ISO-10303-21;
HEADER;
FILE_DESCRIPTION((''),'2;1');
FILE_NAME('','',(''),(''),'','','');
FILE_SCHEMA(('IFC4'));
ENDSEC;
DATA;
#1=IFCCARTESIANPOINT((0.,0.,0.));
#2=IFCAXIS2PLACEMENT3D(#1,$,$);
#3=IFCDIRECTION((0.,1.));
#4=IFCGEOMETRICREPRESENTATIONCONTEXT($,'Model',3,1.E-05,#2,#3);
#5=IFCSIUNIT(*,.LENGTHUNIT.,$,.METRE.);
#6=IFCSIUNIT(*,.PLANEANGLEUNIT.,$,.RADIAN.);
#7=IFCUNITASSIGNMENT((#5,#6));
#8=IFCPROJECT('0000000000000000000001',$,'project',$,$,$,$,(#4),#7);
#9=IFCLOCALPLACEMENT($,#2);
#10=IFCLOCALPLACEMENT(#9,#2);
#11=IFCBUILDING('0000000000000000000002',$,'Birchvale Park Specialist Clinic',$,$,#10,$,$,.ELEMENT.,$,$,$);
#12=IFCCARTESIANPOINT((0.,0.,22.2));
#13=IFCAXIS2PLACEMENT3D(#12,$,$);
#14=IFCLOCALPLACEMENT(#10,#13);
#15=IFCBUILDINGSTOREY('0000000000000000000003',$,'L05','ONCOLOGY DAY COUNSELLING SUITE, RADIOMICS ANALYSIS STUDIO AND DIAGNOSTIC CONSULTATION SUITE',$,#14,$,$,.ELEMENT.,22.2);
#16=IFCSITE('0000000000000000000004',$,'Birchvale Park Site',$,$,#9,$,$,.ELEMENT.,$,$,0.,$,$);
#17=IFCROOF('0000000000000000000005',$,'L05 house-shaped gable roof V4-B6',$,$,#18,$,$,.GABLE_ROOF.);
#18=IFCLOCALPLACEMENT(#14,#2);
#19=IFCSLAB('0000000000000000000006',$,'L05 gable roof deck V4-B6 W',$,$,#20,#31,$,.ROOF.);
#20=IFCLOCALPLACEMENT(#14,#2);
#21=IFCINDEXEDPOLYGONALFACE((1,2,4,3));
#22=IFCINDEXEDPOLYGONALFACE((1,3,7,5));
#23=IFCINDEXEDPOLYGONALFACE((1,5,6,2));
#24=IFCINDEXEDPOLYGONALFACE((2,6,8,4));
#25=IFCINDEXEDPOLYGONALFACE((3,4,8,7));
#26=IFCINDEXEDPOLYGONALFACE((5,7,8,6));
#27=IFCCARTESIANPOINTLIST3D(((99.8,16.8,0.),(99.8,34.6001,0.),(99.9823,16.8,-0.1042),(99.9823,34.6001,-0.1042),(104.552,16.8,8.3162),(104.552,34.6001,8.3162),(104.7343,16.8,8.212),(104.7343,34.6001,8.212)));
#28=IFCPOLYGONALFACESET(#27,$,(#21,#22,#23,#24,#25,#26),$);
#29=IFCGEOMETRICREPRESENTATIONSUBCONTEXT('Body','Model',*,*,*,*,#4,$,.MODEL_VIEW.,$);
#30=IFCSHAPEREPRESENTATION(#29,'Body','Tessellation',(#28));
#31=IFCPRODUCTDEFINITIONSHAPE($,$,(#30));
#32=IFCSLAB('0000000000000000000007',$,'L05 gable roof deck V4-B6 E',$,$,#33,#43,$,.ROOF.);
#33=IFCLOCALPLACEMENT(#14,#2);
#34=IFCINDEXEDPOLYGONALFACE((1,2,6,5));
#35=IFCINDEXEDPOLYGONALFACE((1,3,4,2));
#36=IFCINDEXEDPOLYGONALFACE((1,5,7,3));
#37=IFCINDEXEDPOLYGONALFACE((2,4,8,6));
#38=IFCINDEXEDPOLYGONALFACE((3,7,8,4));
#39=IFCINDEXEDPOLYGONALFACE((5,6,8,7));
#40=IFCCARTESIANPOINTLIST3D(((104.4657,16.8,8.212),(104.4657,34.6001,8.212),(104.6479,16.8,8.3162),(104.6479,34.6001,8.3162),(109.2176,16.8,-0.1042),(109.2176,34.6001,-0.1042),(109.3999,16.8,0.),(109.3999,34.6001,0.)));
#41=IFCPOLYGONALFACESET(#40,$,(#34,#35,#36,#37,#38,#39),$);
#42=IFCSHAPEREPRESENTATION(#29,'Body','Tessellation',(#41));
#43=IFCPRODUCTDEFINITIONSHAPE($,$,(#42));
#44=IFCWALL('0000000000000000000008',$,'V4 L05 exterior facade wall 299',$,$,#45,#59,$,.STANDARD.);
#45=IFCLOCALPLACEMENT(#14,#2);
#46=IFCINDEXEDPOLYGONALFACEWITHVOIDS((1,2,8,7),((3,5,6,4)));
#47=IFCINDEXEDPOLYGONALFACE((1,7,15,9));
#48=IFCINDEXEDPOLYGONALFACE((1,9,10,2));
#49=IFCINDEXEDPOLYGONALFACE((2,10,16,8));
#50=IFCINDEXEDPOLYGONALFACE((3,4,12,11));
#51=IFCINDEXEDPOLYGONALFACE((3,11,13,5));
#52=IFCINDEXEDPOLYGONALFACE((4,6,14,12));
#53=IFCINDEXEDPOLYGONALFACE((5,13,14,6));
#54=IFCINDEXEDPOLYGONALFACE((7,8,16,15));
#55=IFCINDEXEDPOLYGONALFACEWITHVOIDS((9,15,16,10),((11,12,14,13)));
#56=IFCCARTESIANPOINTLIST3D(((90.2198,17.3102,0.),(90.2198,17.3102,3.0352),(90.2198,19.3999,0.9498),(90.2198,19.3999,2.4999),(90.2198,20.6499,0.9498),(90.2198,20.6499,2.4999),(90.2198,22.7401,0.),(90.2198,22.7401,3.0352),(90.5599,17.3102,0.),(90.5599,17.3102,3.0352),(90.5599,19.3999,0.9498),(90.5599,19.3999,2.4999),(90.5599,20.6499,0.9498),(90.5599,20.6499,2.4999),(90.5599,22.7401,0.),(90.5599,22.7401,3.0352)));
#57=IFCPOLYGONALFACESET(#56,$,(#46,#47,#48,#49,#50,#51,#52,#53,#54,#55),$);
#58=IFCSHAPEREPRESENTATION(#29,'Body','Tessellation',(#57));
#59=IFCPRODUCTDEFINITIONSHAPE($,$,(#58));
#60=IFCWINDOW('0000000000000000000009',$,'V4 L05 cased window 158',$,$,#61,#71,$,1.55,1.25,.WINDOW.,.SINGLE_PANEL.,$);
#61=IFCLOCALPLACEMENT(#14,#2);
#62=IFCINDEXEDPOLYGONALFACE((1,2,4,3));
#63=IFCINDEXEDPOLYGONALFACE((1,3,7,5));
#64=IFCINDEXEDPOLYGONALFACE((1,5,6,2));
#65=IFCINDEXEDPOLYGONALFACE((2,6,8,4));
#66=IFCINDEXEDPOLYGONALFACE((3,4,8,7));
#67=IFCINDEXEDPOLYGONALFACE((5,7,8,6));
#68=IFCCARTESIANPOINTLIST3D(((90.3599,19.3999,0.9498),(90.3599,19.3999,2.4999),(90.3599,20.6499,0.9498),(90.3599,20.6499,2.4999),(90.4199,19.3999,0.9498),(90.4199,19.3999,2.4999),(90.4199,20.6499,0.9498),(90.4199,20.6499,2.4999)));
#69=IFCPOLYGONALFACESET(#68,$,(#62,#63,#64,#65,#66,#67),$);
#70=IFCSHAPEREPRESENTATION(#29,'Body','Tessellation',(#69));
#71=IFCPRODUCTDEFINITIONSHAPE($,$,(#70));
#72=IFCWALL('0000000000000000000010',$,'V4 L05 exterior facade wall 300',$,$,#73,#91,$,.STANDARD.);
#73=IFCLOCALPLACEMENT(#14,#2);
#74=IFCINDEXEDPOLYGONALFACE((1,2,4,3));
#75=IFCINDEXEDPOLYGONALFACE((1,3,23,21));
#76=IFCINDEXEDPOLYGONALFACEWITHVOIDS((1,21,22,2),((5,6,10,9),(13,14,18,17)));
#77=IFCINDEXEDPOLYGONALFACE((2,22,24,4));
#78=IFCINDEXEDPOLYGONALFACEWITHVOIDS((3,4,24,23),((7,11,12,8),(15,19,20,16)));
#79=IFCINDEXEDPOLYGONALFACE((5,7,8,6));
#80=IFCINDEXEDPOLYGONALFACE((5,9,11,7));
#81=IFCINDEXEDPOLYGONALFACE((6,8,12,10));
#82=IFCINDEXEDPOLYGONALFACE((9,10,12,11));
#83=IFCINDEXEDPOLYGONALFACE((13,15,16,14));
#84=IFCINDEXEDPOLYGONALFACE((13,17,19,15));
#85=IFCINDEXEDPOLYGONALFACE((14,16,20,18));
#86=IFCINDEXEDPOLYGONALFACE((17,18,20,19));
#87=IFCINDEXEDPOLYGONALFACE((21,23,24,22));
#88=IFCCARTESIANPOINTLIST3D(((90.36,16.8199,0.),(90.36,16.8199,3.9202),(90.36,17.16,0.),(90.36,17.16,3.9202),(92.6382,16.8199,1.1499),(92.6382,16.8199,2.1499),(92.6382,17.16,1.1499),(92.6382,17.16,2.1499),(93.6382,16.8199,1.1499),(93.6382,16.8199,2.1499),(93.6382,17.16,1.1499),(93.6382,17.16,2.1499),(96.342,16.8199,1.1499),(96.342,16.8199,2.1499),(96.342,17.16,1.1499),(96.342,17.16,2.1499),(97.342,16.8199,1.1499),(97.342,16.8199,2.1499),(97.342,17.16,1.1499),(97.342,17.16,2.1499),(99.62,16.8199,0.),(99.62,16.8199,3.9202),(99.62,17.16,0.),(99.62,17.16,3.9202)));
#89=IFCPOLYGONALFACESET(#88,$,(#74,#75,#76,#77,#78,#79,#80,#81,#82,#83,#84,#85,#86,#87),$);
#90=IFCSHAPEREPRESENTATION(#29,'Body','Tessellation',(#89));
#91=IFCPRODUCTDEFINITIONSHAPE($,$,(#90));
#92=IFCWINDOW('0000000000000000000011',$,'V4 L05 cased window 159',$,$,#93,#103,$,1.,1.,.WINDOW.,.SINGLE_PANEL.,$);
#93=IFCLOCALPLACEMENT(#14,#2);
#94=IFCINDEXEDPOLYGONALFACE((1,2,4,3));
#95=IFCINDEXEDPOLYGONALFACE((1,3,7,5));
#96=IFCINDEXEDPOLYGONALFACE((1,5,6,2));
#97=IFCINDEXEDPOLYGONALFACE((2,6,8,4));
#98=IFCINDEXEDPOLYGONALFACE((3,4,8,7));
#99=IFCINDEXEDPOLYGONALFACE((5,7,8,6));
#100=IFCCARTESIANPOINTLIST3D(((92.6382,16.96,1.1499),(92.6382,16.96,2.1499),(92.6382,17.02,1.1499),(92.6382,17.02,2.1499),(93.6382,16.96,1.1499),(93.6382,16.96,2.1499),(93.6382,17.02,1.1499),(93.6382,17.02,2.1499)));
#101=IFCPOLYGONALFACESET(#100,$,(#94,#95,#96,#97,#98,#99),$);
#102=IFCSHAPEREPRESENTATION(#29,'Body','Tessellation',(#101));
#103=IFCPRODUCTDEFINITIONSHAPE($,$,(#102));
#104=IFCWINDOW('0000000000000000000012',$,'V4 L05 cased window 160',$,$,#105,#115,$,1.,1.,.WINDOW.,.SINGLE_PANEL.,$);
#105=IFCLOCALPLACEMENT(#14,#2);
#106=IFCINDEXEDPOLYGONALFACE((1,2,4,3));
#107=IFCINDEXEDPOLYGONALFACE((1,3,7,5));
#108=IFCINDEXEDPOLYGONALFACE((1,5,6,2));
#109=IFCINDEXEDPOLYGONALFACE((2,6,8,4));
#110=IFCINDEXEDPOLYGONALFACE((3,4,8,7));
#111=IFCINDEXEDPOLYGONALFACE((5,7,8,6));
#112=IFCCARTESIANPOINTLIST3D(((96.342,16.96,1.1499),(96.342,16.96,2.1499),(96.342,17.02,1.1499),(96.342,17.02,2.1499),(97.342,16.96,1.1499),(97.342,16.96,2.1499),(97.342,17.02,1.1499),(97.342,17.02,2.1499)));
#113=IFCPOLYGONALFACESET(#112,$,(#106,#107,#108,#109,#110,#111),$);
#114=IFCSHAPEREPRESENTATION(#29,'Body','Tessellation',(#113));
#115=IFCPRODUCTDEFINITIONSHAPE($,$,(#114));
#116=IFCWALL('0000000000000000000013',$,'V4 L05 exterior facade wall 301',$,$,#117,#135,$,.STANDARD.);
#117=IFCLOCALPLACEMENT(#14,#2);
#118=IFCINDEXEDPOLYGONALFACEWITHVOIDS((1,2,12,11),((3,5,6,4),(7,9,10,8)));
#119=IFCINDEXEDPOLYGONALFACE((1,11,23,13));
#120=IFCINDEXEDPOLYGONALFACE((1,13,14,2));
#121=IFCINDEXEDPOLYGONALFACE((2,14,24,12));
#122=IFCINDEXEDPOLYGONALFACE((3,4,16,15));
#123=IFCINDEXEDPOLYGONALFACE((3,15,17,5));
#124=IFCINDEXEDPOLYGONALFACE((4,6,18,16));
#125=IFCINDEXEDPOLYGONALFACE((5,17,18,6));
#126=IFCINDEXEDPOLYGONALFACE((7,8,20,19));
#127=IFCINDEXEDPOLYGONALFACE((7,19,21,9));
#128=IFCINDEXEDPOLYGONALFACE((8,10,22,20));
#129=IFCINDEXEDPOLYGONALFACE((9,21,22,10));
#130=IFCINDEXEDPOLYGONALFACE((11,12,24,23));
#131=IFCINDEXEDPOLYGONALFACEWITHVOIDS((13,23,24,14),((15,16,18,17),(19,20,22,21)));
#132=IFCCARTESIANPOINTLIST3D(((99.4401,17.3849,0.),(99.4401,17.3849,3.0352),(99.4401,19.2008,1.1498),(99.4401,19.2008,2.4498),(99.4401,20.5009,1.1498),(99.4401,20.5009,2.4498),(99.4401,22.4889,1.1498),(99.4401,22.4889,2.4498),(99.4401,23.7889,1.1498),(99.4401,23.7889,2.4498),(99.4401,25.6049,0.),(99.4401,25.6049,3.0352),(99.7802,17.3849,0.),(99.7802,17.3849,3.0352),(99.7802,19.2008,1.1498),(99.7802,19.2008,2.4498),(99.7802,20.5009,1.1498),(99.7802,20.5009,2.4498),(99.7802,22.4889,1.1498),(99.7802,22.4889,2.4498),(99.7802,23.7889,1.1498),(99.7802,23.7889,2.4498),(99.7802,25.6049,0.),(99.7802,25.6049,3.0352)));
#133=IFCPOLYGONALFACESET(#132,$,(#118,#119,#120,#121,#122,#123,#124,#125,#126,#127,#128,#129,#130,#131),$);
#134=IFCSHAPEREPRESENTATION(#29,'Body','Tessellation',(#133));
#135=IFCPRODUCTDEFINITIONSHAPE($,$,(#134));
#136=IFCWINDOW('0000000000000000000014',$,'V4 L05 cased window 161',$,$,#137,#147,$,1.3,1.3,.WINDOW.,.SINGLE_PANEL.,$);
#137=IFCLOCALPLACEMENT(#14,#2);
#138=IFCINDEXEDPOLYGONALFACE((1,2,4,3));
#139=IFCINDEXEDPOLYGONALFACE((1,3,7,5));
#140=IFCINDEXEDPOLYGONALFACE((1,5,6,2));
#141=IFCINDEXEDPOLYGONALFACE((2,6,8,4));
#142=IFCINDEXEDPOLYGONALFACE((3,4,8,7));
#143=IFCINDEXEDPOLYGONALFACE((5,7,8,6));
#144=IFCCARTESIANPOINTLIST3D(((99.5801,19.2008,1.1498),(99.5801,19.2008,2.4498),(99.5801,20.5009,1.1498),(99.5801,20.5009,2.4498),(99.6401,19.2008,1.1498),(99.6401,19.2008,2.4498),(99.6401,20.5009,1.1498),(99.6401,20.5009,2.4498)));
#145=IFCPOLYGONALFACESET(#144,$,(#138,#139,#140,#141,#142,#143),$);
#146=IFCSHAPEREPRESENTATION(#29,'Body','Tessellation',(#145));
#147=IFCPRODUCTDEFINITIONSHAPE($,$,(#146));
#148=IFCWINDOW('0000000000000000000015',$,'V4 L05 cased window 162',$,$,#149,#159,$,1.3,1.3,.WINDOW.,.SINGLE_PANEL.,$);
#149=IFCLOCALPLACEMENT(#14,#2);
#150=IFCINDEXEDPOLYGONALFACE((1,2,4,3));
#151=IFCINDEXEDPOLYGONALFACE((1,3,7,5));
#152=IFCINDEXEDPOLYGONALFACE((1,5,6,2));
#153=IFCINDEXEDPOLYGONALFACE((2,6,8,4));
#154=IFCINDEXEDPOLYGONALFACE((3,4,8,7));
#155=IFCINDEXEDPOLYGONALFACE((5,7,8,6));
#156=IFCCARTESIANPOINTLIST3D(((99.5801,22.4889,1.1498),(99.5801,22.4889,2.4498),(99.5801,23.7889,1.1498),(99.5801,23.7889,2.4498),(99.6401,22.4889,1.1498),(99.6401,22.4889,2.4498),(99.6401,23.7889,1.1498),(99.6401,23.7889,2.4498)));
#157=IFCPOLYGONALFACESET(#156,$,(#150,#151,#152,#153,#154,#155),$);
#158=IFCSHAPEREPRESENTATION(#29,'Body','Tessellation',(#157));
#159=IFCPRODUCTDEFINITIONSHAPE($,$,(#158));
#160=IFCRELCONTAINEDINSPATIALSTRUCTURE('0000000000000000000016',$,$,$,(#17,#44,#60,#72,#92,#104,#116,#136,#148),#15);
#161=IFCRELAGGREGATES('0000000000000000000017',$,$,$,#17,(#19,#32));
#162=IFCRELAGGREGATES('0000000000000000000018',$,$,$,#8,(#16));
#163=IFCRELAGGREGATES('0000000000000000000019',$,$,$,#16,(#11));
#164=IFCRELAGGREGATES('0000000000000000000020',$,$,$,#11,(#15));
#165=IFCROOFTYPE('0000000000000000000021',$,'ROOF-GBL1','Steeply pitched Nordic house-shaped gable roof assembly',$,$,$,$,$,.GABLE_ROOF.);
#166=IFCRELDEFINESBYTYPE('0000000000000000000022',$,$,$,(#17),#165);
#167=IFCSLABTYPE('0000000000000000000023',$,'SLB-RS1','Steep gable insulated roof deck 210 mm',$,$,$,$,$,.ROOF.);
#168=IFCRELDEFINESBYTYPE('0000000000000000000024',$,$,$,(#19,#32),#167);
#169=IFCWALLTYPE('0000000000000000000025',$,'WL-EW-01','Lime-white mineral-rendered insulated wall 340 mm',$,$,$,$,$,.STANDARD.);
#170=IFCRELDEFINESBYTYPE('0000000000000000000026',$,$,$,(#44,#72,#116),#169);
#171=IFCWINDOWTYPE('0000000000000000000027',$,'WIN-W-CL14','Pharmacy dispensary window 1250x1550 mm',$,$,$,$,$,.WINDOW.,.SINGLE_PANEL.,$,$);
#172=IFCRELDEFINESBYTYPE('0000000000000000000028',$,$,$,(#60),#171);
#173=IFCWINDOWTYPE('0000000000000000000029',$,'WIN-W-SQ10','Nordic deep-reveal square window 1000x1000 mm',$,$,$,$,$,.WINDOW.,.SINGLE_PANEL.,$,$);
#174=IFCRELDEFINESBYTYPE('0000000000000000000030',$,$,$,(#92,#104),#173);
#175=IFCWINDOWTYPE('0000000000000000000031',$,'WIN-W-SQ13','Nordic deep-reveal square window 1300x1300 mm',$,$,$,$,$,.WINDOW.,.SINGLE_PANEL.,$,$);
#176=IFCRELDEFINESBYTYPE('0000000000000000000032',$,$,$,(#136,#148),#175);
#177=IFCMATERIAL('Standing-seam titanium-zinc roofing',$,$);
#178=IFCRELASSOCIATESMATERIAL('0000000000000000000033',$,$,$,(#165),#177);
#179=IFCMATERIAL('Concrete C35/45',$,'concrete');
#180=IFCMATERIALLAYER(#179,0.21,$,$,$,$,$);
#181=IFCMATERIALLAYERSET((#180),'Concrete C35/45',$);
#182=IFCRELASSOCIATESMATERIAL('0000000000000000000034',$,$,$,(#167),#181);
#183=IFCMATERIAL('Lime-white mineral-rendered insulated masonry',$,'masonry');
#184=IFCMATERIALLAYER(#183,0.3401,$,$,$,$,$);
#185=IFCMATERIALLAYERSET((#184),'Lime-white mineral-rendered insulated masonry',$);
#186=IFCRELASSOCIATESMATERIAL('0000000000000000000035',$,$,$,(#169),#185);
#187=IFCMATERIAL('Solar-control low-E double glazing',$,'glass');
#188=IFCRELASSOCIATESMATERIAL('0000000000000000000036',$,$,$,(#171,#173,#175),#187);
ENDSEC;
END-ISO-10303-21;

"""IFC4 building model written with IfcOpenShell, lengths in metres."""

from ifc_helpers import new_model, si_unit, direction, frame, frame_2d, origin, place, context, subcontext, project, spatial, polyline, rectangle, outline, extrude, material, layer, layer_set, type_object, element, fill, aggregate, save


model = new_model("IFC4")

# Units and contexts
model_context = context("Model", 3, precision=1e-05, world=origin(), true_north=direction((0.0, 1.0)))
body_context = subcontext(model_context, "Body", "Model", "MODEL_VIEW")
ifc_project = project(units=[si_unit("LENGTHUNIT", "METRE"), si_unit("PLANEANGLEUNIT", "RADIAN")], contexts=[model_context])

# Site, building, storey
site_placement = place(None, origin())
site = spatial("IfcSite", under=ifc_project, at=site_placement, Name="Birchvale Park Site", CompositionType="ELEMENT", RefElevation=0.0)
building_placement = place(site_placement, origin())
building = spatial("IfcBuilding", under=site, at=building_placement, Name="Birchvale Park Specialist Clinic", CompositionType="ELEMENT")
storey_placement = place(building_placement, frame((0.0, 0.0, 22.2)))
storey = spatial("IfcBuildingStorey", under=building, at=storey_placement, Name="L05", Description="ONCOLOGY DAY COUNSELLING SUITE, RADIOMICS ANALYSIS STUDIO AND DIAGNOSTIC CONSULTATION SUITE", CompositionType="ELEMENT", Elevation=22.2)

# Roof, slabs
ifc_material_1 = material(Name="Standing-seam titanium-zinc roofing")
roof_type = type_object("IfcRoofType", Name="ROOF-GBL1", Description="Steeply pitched Nordic house-shaped gable roof assembly", PredefinedType="GABLE_ROOF", material=ifc_material_1)
roof_placement = place(storey_placement, origin())
roof = element("IfcRoof", 1, at=roof_placement, inside=storey, type_object=roof_type, Name="L05 house-shaped gable roof V4-B6", PredefinedType="GABLE_ROOF")
ifc_material_2 = material(Name="Concrete C35/45", Category="concrete")
ifc_layer_1 = layer(ifc_material_2, 0.21)
ifc_layer_set_1 = layer_set([ifc_layer_1], Name="Concrete C35/45")
slab_type = type_object("IfcSlabType", Name="SLB-RS1", Description="Steep gable insulated roof deck 210 mm", PredefinedType="ROOF", material=ifc_layer_set_1)
slab_1_placement = place(storey_placement, frame((99.8, 16.8, 0.0), z_axis=(-0.868249, 0.0, 0.496128), x_axis=(0.496128, 0.0, 0.868249)))
slab_1 = element("IfcSlab", 2, at=slab_1_placement, type_object=slab_type, Name="L05 gable roof deck V4-B6 W", PredefinedType="ROOF", context=body_context, shape_type="SweptSolid", body=[
    extrude(outline(polyline([(0.0, 0.0), (9.5781, 0.0), (9.5781, 17.8), (0.0, 17.8), (0.0, 0.0)])), origin(), (0.0, 0.0, -1.0), 0.21),
])
slab_2_placement = place(storey_placement, frame((104.6479, 16.8, 8.3162), z_axis=(0.868249, 0.0, 0.496128), x_axis=(0.496128, 0.0, -0.868249)))
slab_2 = element("IfcSlab", 3, at=slab_2_placement, type_object=slab_type, Name="L05 gable roof deck V4-B6 E", PredefinedType="ROOF", context=body_context, shape_type="SweptSolid", body=[
    extrude(outline(polyline([(0.0, 0.0), (9.5781, 0.0), (9.5781, 17.8), (0.0, 17.8), (0.0, 0.0)])), origin(), (0.0, 0.0, -1.0), 0.21),
])
aggregate(roof, [slab_1, slab_2])

# Wall, opening, window
ifc_material_3 = material(Name="Lime-white mineral-rendered insulated masonry", Category="masonry")
ifc_layer_2 = layer(ifc_material_3, 0.3401)
ifc_layer_set_2 = layer_set([ifc_layer_2], Name="Lime-white mineral-rendered insulated masonry")
wall_type_1 = type_object("IfcWallType", Name="WL-EW-01", Description="Lime-white mineral-rendered insulated wall 340 mm", PredefinedType="STANDARD", material=ifc_layer_set_2)
wall_1_placement = place(storey_placement, frame((90.3899, 22.74, 0.0), z_axis=(0.0, 0.0, 1.0), x_axis=(0.0, -1.0, 0.0)))
wall_1 = element("IfcWall", 4, at=wall_1_placement, inside=storey, type_object=wall_type_1, Name="V4 L05 exterior facade wall 299", PredefinedType="STANDARD", context=body_context, shape_type="SweptSolid", body=[
    extrude(rectangle(XDim=5.4299, YDim=0.3401, at=frame_2d((2.7148, 0.0))), origin(), (0.0, 0.0, 1.0), 3.0352),
])
opening_1_placement = place(wall_1_placement, frame((2.0901, 0.0, 0.95)))
opening_1 = element("IfcOpeningElement", 5, at=opening_1_placement, cuts=wall_1, PredefinedType="OPENING", context=body_context, shape_type="SweptSolid", body=[
    extrude(rectangle(XDim=1.25, YDim=1.55, at=frame_2d((0.625, 0.7749))), frame((0.0, 0.1802, 0.0), z_axis=(0.0, -1.0, 0.0), x_axis=(1.0, 0.0, 0.0)), (0.0, 0.0, 1.0), 0.3601),
])
ifc_material_4 = material(Name="Solar-control low-E double glazing", Category="glass")
window_type_1 = type_object("IfcWindowType", Name="WIN-W-CL14", Description="Pharmacy dispensary window 1250x1550 mm", PartitioningType="SINGLE_PANEL", PredefinedType="WINDOW", material=ifc_material_4)
window_1_placement = place(opening_1_placement, origin())
window_1 = element("IfcWindow", 6, at=window_1_placement, inside=storey, type_object=window_type_1, Name="V4 L05 cased window 158", OverallHeight=1.55, OverallWidth=1.25, PartitioningType="SINGLE_PANEL", PredefinedType="WINDOW", context=body_context, shape_type="SweptSolid", body=[
    extrude(rectangle(XDim=1.25, YDim=1.55, at=frame_2d((0.625, 0.7749))), frame((0.0, 0.03, 0.0), z_axis=(0.0, -1.0, 0.0), x_axis=(1.0, 0.0, 0.0)), (0.0, 0.0, 1.0), 0.0601),
])
fill(opening_1, window_1)

# Walls, openings, windows
wall_2_placement = place(storey_placement, frame((90.3601, 16.99, 0.0), z_axis=(0.0, 0.0, 1.0), x_axis=(1.0, 0.0, 0.0)))
wall_2 = element("IfcWall", 7, at=wall_2_placement, inside=storey, type_object=wall_type_1, Name="V4 L05 exterior facade wall 300", PredefinedType="STANDARD", context=body_context, shape_type="SweptSolid", body=[
    extrude(rectangle(XDim=9.26, YDim=0.3401, at=frame_2d((4.6299, 0.0))), origin(), (0.0, 0.0, 1.0), 3.9202),
])
opening_2_placement = place(wall_2_placement, frame((2.2781, 0.0, 1.1499)))
opening_2 = element("IfcOpeningElement", 8, at=opening_2_placement, cuts=wall_2, PredefinedType="OPENING", context=body_context, shape_type="SweptSolid", body=[
    extrude(rectangle(XDim=1.0, YDim=1.0, at=frame_2d((0.5, 0.5))), frame((0.0, 0.1802, 0.0), z_axis=(0.0, -1.0, 0.0), x_axis=(1.0, 0.0, 0.0)), (0.0, 0.0, 1.0), 0.3601),
])
opening_3_placement = place(wall_2_placement, frame((5.9819, 0.0, 1.1499)))
opening_3 = element("IfcOpeningElement", 9, at=opening_3_placement, cuts=wall_2, PredefinedType="OPENING", context=body_context, shape_type="SweptSolid", body=[
    extrude(rectangle(XDim=1.0, YDim=1.0, at=frame_2d((0.5, 0.5))), frame((0.0, 0.1802, 0.0), z_axis=(0.0, -1.0, 0.0), x_axis=(1.0, 0.0, 0.0)), (0.0, 0.0, 1.0), 0.3601),
])
window_type_2 = type_object("IfcWindowType", Name="WIN-W-SQ10", Description="Nordic deep-reveal square window 1000x1000 mm", PartitioningType="SINGLE_PANEL", PredefinedType="WINDOW", material=ifc_material_4)
window_2_placement = place(opening_2_placement, origin())
window_2 = element("IfcWindow", 10, at=window_2_placement, inside=storey, type_object=window_type_2, Name="V4 L05 cased window 159", OverallHeight=1.0, OverallWidth=1.0, PartitioningType="SINGLE_PANEL", PredefinedType="WINDOW", context=body_context, shape_type="SweptSolid", body=[
    extrude(rectangle(XDim=1.0, YDim=1.0, at=frame_2d((0.5, 0.5))), frame((0.0, 0.03, 0.0), z_axis=(0.0, -1.0, 0.0), x_axis=(1.0, 0.0, 0.0)), (0.0, 0.0, 1.0), 0.0601),
])
fill(opening_2, window_2)
window_3_placement = place(opening_3_placement, origin())
window_3 = element("IfcWindow", 11, at=window_3_placement, inside=storey, type_object=window_type_2, Name="V4 L05 cased window 160", OverallHeight=1.0, OverallWidth=1.0, PartitioningType="SINGLE_PANEL", PredefinedType="WINDOW", context=body_context, shape_type="SweptSolid", body=[
    extrude(rectangle(XDim=1.0, YDim=1.0, at=frame_2d((0.5, 0.5))), frame((0.0, 0.03, 0.0), z_axis=(0.0, -1.0, 0.0), x_axis=(1.0, 0.0, 0.0)), (0.0, 0.0, 1.0), 0.0601),
])
fill(opening_3, window_3)
wall_3_placement = place(storey_placement, frame((99.6101, 17.385, 0.0), z_axis=(0.0, 0.0, 1.0), x_axis=(0.0, 1.0, 0.0)))
wall_3 = element("IfcWall", 12, at=wall_3_placement, inside=storey, type_object=wall_type_1, Name="V4 L05 exterior facade wall 301", PredefinedType="STANDARD", context=body_context, shape_type="SweptSolid", body=[
    extrude(rectangle(XDim=8.22, YDim=0.3401, at=frame_2d((4.1099, 0.0))), origin(), (0.0, 0.0, 1.0), 3.0352),
])
opening_4_placement = place(wall_3_placement, frame((1.8159, 0.0, 1.1499)))
opening_4 = element("IfcOpeningElement", 13, at=opening_4_placement, cuts=wall_3, PredefinedType="OPENING", context=body_context, shape_type="SweptSolid", body=[
    extrude(rectangle(XDim=1.3, YDim=1.3, at=frame_2d((0.6499, 0.6499))), frame((0.0, 0.1802, 0.0), z_axis=(0.0, -1.0, 0.0), x_axis=(1.0, 0.0, 0.0)), (0.0, 0.0, 1.0), 0.3601),
])
opening_5_placement = place(wall_3_placement, frame((5.104, 0.0, 1.1499)))
opening_5 = element("IfcOpeningElement", 14, at=opening_5_placement, cuts=wall_3, PredefinedType="OPENING", context=body_context, shape_type="SweptSolid", body=[
    extrude(rectangle(XDim=1.3, YDim=1.3, at=frame_2d((0.6499, 0.6499))), frame((0.0, 0.1802, 0.0), z_axis=(0.0, -1.0, 0.0), x_axis=(1.0, 0.0, 0.0)), (0.0, 0.0, 1.0), 0.3601),
])
window_type_3 = type_object("IfcWindowType", Name="WIN-W-SQ13", Description="Nordic deep-reveal square window 1300x1300 mm", PartitioningType="SINGLE_PANEL", PredefinedType="WINDOW", material=ifc_material_4)
window_4_placement = place(opening_4_placement, origin())
window_4 = element("IfcWindow", 15, at=window_4_placement, inside=storey, type_object=window_type_3, Name="V4 L05 cased window 161", OverallHeight=1.3, OverallWidth=1.3, PartitioningType="SINGLE_PANEL", PredefinedType="WINDOW", context=body_context, shape_type="SweptSolid", body=[
    extrude(rectangle(XDim=1.3, YDim=1.3, at=frame_2d((0.6499, 0.6499))), frame((0.0, 0.03, 0.0), z_axis=(0.0, -1.0, 0.0), x_axis=(1.0, 0.0, 0.0)), (0.0, 0.0, 1.0), 0.0601),
])
fill(opening_4, window_4)
window_5_placement = place(opening_5_placement, origin())
window_5 = element("IfcWindow", 16, at=window_5_placement, inside=storey, type_object=window_type_3, Name="V4 L05 cased window 162", OverallHeight=1.3, OverallWidth=1.3, PartitioningType="SINGLE_PANEL", PredefinedType="WINDOW", context=body_context, shape_type="SweptSolid", body=[
    extrude(rectangle(XDim=1.3, YDim=1.3, at=frame_2d((0.6499, 0.6499))), frame((0.0, 0.03, 0.0), z_axis=(0.0, -1.0, 0.0), x_axis=(1.0, 0.0, 0.0)), (0.0, 0.0, 1.0), 0.0601),
])
fill(opening_5, window_5)

save(model, "model.ifc")
